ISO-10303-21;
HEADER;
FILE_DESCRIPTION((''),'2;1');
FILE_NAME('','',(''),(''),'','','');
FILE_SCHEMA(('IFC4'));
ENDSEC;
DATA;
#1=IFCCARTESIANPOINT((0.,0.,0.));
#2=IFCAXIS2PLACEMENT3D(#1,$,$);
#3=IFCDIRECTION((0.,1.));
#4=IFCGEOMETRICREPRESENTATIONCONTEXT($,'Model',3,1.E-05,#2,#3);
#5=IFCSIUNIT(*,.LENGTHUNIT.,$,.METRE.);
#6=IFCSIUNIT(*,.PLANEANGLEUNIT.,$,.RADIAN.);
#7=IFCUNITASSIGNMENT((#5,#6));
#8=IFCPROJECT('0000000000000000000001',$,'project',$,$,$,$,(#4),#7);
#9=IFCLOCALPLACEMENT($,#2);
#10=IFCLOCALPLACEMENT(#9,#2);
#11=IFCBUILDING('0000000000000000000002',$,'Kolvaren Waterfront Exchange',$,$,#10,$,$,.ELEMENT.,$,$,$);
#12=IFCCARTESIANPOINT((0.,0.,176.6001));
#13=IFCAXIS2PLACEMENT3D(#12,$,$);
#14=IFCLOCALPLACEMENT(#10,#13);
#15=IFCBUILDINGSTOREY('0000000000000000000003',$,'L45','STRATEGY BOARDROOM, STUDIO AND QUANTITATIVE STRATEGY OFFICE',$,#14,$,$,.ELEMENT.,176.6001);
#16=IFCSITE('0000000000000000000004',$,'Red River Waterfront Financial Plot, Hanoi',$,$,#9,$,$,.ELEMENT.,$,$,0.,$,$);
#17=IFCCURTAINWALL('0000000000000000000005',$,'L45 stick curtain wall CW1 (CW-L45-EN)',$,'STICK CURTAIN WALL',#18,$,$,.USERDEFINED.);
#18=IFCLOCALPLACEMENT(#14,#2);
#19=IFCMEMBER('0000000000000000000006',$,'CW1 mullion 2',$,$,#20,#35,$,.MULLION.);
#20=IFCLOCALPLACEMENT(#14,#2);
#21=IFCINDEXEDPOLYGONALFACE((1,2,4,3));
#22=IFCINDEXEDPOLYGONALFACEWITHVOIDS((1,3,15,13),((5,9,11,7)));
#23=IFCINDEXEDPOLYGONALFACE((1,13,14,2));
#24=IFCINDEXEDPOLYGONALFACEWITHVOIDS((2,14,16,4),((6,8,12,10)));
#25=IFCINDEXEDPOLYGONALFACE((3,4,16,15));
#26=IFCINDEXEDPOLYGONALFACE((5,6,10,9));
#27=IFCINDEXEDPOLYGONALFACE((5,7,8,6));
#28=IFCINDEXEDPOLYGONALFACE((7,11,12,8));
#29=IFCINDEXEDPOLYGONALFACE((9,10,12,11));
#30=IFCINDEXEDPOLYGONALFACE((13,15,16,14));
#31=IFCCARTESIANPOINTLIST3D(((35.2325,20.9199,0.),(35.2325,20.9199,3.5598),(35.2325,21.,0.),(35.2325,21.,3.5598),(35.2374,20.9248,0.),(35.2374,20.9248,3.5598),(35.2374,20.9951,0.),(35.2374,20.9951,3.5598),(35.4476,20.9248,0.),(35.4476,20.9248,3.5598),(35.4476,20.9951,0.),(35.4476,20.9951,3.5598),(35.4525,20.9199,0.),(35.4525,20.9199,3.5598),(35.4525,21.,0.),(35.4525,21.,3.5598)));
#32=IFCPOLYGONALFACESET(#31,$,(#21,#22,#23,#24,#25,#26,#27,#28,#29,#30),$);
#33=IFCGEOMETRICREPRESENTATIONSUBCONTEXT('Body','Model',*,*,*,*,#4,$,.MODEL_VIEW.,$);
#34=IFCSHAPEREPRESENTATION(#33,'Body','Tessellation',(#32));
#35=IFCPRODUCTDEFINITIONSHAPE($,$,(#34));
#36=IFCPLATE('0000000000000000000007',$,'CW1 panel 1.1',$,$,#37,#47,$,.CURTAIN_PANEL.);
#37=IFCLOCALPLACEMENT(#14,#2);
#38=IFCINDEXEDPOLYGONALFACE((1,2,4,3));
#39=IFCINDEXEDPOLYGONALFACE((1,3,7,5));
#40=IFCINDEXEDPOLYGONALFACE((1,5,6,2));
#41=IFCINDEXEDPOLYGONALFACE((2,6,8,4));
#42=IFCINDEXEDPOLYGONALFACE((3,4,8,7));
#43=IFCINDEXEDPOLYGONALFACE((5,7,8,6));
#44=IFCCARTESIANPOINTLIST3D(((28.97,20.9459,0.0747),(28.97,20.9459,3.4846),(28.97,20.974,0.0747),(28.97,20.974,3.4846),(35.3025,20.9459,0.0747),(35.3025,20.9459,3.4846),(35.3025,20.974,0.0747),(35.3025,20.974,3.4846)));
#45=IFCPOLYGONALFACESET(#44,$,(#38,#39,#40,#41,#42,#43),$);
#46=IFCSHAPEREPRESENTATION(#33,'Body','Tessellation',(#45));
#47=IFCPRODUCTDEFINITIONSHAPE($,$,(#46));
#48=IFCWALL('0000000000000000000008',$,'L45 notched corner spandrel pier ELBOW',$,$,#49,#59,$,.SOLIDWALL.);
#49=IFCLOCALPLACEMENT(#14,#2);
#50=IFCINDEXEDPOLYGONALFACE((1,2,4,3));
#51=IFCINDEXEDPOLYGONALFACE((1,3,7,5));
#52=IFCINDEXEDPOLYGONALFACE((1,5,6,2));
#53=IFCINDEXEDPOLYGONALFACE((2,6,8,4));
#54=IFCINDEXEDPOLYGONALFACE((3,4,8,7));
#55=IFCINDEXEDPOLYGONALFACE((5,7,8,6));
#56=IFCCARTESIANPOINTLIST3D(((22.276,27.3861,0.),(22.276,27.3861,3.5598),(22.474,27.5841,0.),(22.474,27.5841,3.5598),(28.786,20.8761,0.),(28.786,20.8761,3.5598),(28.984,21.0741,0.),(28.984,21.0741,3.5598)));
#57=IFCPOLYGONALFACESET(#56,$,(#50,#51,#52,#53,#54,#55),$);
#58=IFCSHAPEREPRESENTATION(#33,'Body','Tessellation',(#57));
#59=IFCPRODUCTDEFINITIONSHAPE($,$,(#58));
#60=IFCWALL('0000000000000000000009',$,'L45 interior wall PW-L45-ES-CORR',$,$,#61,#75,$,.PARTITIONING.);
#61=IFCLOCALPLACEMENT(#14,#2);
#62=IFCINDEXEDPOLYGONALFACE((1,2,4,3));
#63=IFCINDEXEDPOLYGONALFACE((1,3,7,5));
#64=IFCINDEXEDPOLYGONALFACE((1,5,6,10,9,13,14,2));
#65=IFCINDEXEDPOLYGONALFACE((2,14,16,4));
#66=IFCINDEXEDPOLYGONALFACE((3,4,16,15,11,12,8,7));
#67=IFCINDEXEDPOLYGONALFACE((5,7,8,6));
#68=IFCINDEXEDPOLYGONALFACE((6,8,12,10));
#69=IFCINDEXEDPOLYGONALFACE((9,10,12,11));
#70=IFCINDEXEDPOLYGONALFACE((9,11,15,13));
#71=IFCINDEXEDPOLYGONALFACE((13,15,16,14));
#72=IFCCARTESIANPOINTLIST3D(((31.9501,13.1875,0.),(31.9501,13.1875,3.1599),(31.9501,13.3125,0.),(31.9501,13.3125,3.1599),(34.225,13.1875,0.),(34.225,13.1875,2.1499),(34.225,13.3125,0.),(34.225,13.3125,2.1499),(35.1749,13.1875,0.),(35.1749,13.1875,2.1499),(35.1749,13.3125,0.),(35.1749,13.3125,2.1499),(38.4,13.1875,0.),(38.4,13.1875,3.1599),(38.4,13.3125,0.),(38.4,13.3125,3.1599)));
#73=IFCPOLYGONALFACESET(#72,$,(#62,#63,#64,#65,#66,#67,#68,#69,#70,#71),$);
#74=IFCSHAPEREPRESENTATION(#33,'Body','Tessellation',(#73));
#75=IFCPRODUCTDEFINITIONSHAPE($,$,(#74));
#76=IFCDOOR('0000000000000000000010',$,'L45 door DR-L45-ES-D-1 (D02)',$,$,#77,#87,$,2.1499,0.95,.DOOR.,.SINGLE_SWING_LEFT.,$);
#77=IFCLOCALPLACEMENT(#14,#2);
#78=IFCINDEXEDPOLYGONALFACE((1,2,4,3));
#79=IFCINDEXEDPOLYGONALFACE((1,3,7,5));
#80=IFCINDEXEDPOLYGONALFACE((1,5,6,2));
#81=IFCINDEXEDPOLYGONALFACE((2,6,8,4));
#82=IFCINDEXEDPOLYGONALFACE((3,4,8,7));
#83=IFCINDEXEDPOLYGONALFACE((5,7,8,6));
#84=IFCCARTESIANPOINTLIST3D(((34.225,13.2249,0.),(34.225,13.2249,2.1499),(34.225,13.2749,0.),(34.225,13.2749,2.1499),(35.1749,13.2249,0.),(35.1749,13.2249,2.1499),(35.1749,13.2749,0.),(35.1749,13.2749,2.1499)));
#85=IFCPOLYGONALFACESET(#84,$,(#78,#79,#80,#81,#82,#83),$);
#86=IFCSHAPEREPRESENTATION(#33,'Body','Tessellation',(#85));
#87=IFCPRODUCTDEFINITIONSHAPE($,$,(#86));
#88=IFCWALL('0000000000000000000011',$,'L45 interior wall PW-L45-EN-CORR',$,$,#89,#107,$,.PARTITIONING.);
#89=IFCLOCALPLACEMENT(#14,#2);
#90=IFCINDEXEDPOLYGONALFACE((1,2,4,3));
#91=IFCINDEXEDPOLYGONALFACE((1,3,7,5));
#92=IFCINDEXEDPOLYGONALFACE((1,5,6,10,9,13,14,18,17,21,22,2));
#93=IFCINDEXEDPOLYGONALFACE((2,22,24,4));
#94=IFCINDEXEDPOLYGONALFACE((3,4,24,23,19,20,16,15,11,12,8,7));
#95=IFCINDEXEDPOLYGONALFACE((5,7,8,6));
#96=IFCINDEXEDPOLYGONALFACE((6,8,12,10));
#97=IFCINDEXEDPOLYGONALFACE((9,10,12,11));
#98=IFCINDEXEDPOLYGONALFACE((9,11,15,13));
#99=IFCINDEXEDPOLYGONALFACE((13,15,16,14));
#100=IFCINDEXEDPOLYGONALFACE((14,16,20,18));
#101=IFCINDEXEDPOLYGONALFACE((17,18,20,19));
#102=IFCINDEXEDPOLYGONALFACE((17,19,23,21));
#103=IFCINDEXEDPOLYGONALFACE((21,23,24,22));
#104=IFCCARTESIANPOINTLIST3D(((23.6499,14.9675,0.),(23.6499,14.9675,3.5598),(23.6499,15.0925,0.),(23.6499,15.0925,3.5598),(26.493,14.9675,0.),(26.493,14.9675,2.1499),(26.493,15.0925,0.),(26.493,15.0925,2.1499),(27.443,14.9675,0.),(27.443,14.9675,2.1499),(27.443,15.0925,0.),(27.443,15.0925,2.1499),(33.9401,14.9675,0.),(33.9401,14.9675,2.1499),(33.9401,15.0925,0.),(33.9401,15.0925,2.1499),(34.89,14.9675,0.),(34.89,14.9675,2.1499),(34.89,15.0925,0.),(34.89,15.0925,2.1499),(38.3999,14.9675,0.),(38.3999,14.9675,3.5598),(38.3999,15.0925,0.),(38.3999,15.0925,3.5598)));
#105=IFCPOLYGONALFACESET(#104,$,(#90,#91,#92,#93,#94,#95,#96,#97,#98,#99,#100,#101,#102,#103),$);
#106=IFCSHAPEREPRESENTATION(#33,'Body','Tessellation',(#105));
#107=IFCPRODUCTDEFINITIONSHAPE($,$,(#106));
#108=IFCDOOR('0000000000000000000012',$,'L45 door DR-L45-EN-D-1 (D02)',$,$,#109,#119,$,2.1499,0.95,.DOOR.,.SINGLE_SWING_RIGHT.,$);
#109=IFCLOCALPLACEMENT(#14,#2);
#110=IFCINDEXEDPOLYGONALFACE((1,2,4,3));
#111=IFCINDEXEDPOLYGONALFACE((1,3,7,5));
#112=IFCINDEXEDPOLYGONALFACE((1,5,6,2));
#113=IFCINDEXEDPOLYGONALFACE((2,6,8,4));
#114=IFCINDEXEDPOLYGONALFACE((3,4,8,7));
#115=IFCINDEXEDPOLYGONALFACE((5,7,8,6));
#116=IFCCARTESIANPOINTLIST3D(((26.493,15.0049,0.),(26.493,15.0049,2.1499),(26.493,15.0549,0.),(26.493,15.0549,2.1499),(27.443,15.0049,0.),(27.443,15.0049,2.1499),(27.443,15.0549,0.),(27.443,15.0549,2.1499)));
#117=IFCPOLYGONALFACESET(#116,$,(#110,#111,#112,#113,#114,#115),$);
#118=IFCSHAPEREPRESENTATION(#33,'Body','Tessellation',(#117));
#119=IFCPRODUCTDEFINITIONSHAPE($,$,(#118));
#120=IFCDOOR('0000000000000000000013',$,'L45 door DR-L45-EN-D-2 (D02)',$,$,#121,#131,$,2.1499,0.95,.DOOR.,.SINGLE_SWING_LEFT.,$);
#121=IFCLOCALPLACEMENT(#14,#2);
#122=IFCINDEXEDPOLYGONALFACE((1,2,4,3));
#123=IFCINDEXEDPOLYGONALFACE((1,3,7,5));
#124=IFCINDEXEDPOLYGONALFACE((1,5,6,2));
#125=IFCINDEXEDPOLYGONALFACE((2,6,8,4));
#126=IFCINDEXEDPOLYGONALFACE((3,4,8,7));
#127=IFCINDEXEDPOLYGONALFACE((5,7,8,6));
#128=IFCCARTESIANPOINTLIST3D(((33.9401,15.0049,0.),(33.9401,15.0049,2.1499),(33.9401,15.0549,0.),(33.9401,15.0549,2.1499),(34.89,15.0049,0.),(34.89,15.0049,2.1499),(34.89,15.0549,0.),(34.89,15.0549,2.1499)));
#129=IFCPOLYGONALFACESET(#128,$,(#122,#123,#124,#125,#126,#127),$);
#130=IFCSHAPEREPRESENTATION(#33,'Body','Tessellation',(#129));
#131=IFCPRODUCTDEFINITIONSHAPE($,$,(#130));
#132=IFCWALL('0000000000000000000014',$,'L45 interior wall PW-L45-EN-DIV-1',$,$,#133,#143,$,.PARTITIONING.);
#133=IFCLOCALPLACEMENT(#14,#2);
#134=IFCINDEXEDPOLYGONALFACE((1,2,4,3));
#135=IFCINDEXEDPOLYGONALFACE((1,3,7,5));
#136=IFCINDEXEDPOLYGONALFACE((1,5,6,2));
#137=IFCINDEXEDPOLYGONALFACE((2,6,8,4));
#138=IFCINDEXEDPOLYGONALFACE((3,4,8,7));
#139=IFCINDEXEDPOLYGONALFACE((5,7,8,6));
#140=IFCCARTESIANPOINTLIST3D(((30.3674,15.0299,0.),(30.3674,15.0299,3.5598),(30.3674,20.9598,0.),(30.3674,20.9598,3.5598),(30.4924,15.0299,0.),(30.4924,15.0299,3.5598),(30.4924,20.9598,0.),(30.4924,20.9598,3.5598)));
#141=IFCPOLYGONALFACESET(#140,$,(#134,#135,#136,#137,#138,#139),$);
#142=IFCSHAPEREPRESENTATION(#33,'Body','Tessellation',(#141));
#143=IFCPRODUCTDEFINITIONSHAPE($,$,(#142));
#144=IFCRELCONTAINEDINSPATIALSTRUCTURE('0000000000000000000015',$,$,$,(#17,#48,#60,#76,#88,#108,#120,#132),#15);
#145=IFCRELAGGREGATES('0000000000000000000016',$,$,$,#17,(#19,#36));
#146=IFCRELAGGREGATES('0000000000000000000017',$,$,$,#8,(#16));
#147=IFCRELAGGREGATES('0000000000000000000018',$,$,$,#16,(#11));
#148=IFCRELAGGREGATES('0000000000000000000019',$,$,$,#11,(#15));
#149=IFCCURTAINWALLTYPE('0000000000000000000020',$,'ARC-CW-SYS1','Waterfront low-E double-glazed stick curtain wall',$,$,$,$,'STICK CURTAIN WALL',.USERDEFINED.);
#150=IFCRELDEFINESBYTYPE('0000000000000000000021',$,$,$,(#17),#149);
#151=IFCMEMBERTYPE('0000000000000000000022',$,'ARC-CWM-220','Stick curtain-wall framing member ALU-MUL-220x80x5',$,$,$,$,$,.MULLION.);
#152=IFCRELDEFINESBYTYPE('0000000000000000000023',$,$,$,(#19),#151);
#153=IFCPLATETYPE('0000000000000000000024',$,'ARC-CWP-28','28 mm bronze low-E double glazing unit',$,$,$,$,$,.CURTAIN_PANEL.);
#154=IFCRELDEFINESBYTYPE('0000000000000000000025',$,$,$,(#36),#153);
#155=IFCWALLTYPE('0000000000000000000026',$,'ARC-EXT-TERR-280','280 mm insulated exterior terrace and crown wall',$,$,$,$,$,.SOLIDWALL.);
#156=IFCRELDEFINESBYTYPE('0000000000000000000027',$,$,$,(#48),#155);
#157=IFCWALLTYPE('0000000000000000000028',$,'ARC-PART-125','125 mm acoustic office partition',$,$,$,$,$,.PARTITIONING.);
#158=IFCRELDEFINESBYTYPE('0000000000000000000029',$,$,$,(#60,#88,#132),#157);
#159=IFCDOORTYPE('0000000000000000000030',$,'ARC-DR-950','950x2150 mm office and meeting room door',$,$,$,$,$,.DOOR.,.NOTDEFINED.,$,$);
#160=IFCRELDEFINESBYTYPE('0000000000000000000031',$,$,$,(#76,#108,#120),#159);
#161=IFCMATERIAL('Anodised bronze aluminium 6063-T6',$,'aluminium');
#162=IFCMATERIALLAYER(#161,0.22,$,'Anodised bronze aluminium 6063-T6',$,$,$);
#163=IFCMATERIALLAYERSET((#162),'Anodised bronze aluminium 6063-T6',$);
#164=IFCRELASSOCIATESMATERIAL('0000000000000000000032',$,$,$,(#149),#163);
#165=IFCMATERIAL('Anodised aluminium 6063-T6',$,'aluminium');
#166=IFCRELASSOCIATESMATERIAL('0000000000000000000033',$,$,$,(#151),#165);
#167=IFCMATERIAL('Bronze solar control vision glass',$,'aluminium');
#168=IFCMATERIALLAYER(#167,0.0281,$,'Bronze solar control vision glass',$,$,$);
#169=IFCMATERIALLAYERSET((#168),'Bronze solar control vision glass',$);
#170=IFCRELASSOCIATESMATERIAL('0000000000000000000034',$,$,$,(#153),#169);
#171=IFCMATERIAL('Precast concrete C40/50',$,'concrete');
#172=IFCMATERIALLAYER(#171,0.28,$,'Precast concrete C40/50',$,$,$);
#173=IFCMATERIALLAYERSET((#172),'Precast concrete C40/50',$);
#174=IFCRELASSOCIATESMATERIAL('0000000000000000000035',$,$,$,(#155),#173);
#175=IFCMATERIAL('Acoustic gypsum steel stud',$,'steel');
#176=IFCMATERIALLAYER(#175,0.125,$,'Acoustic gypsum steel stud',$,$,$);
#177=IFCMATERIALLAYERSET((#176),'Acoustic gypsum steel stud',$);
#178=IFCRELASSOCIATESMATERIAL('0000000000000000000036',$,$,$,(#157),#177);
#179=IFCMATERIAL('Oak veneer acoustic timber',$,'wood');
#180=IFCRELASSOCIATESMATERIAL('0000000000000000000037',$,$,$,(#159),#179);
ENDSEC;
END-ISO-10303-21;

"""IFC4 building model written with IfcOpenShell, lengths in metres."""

from ifc_helpers import new_model, si_unit, direction, frame, frame_2d, origin, origin_with_axes, origin_2d, place, context, subcontext, project, spatial, rectangle, hollow_rectangle, extrude, source, transform, mapped, material, layer, layer_set, material_profile, profile_set, type_object, element, fill, aggregate, save


model = new_model("IFC4")

# Units and contexts
model_context = context("Model", 3, precision=1e-05, world=origin(), true_north=direction((0.0, 1.0)))
body_context = subcontext(model_context, "Body", "Model", "MODEL_VIEW")
ifc_project = project(units=[si_unit("LENGTHUNIT", "METRE"), si_unit("PLANEANGLEUNIT", "RADIAN")], contexts=[model_context])

# Site, building, storey
site_placement = place(None, origin())
site = spatial("IfcSite", under=ifc_project, at=site_placement, Name="Red River Waterfront Financial Plot, Hanoi", CompositionType="ELEMENT", RefElevation=0.0)
building_placement = place(site_placement, origin())
building = spatial("IfcBuilding", under=site, at=building_placement, Name="Kolvaren Waterfront Exchange", CompositionType="ELEMENT")
storey_placement = place(building_placement, frame((0.0, 0.0, 176.6001)))
storey = spatial("IfcBuildingStorey", under=building, at=storey_placement, Name="L45", Description="STRATEGY BOARDROOM, STUDIO AND QUANTITATIVE STRATEGY OFFICE", CompositionType="ELEMENT", Elevation=176.6001)

# Curtain wall, member, plate
ifc_material_1 = material(Name="Anodised bronze aluminium 6063-T6", Category="aluminium")
ifc_layer_1 = layer(ifc_material_1, 0.22, Name="Anodised bronze aluminium 6063-T6")
ifc_layer_set_1 = layer_set([ifc_layer_1], Name="Anodised bronze aluminium 6063-T6")
curtain_wall_type = type_object("IfcCurtainWallType", Name="ARC-CW-SYS1", Description="Waterfront low-E double-glazed stick curtain wall", ElementType="STICK CURTAIN WALL", PredefinedType="USERDEFINED", material=ifc_layer_set_1)
curtain_wall_placement = place(storey_placement, origin())
curtain_wall = element("IfcCurtainWall", 1, at=curtain_wall_placement, inside=storey, type_object=curtain_wall_type, Name="L45 stick curtain wall CW1 (CW-L45-EN)", ObjectType="STICK CURTAIN WALL", PredefinedType="USERDEFINED")
ifc_material_2 = material(Name="Anodised aluminium 6063-T6", Category="aluminium")
ifc_material_profile_1 = material_profile(ifc_material_2, hollow_rectangle(XDim=0.0801, YDim=0.22, WallThickness=0.0049, at=origin_2d()), Name="ALU-MUL-220x80x5")
ifc_profile_set_1 = profile_set([ifc_material_profile_1], Name="Anodised aluminium 6063-T6")
member_type_1 = type_object("IfcMemberType", Name="ARC-CWM-220", Description="Stick curtain-wall framing member ALU-MUL-220x80x5", PredefinedType="MULLION", material=ifc_profile_set_1)
shared_shape_1 = source(origin_with_axes(), body_context, "Body", "SweptSolid", [
    extrude(hollow_rectangle(XDim=0.0801, YDim=0.22, WallThickness=0.0049, at=origin_2d()), origin(), (0.0, 0.0, 1.0), 3.5598),
])
member_1_placement = place(storey_placement, frame((35.3425, 20.96, 0.0), z_axis=(0.0, 0.0, 1.0), x_axis=(0.0, 1.0, 0.0)))
member_1 = element("IfcMember", 2, at=member_1_placement, type_object=member_type_1, Name="CW1 mullion 2", PredefinedType="MULLION", context=body_context, shape_type="MappedRepresentation", body=[
    mapped(shared_shape_1, transform((0.0, 0.0, 0.0), x_axis=(1.0, 0.0, 0.0), y_axis=(0.0, 1.0, 0.0), z_axis=(0.0, 0.0, 1.0), scale=1.0)),
])
ifc_material_3 = material(Name="Bronze solar control vision glass", Category="aluminium")
ifc_layer_2 = layer(ifc_material_3, 0.0281, Name="Bronze solar control vision glass")
ifc_layer_set_2 = layer_set([ifc_layer_2], Name="Bronze solar control vision glass")
plate_type = type_object("IfcPlateType", Name="ARC-CWP-28", Description="28 mm bronze low-E double glazing unit", PredefinedType="CURTAIN_PANEL", material=ifc_layer_set_2)
shared_shape_2 = source(origin_with_axes(), body_context, "Body", "SweptSolid", [
    extrude(rectangle(XDim=6.3325, YDim=0.0281, at=origin_2d()), origin(), (0.0, 0.0, 1.0), 3.4099),
])
plate_placement = place(storey_placement, frame((32.1362, 20.96, 0.0747), z_axis=(0.0, 0.0, 1.0), x_axis=(1.0, 0.0, 0.0)))
plate = element("IfcPlate", 3, at=plate_placement, type_object=plate_type, Name="CW1 panel 1.1", PredefinedType="CURTAIN_PANEL", context=body_context, shape_type="MappedRepresentation", body=[
    mapped(shared_shape_2, transform((0.0, 0.0, 0.0), x_axis=(1.0, 0.0, 0.0), y_axis=(0.0, 1.0, 0.0), z_axis=(0.0, 0.0, 1.0), scale=1.0)),
])
aggregate(curtain_wall, [member_1, plate])

# Wall
ifc_material_4 = material(Name="Precast concrete C40/50", Category="concrete")
ifc_layer_3 = layer(ifc_material_4, 0.28, Name="Precast concrete C40/50")
ifc_layer_set_3 = layer_set([ifc_layer_3], Name="Precast concrete C40/50")
wall_type_1 = type_object("IfcWallType", Name="ARC-EXT-TERR-280", Description="280 mm insulated exterior terrace and crown wall", PredefinedType="SOLIDWALL", material=ifc_layer_set_3)
wall_1_placement = place(storey_placement, frame((28.885, 20.9751, 0.0), z_axis=(0.0, 0.0, 1.0), x_axis=(-0.707107, 0.707107, 0.0)))
element("IfcWall", 4, at=wall_1_placement, inside=storey, type_object=wall_type_1, Name="L45 notched corner spandrel pier ELBOW", PredefinedType="SOLIDWALL", context=body_context, shape_type="SweptSolid", body=[
    extrude(rectangle(XDim=9.2065, YDim=0.28, at=frame_2d((4.6033, 0.0))), origin(), (0.0, 0.0, 1.0), 3.5598),
])

# Wall, opening, door
ifc_material_5 = material(Name="Acoustic gypsum steel stud", Category="steel")
ifc_layer_4 = layer(ifc_material_5, 0.125, Name="Acoustic gypsum steel stud")
ifc_layer_set_4 = layer_set([ifc_layer_4], Name="Acoustic gypsum steel stud")
wall_type_2 = type_object("IfcWallType", Name="ARC-PART-125", Description="125 mm acoustic office partition", PredefinedType="PARTITIONING", material=ifc_layer_set_4)
wall_2_placement = place(storey_placement, frame((31.95, 13.25, 0.0), z_axis=(0.0, 0.0, 1.0), x_axis=(1.0, 0.0, 0.0)))
wall_2 = element("IfcWall", 5, at=wall_2_placement, inside=storey, type_object=wall_type_2, Name="L45 interior wall PW-L45-ES-CORR", PredefinedType="PARTITIONING", context=body_context, shape_type="SweptSolid", body=[
    extrude(rectangle(XDim=6.45, YDim=0.125, at=frame_2d((3.2251, 0.0))), origin(), (0.0, 0.0, 1.0), 3.1599),
])
opening_1_placement = place(wall_2_placement, frame((2.2749, 0.0, 0.0)))
opening_1 = element("IfcOpeningElement", 6, at=opening_1_placement, cuts=wall_2, PredefinedType="OPENING", context=body_context, shape_type="SweptSolid", body=[
    extrude(rectangle(XDim=0.95, YDim=2.1499, at=frame_2d((0.4751, 1.075))), frame((0.0, 0.0725, 0.0), z_axis=(0.0, -1.0, 0.0), x_axis=(1.0, 0.0, 0.0)), (0.0, 0.0, 1.0), 0.145),
])
ifc_material_6 = material(Name="Oak veneer acoustic timber", Category="wood")
door_type_1 = type_object("IfcDoorType", Name="ARC-DR-950", Description="950x2150 mm office and meeting room door", OperationType="NOTDEFINED", PredefinedType="DOOR", material=ifc_material_6)
door_1_placement = place(opening_1_placement, origin())
door_1 = element("IfcDoor", 7, at=door_1_placement, inside=storey, type_object=door_type_1, Name="L45 door DR-L45-ES-D-1 (D02)", OperationType="SINGLE_SWING_LEFT", OverallHeight=2.1499, OverallWidth=0.95, PredefinedType="DOOR", context=body_context, shape_type="SweptSolid", body=[
    extrude(rectangle(XDim=0.95, YDim=2.1499, at=frame_2d((0.4751, 1.075))), frame((0.0, 0.0249, 0.0), z_axis=(0.0, -1.0, 0.0), x_axis=(1.0, 0.0, 0.0)), (0.0, 0.0, 1.0), 0.05),
])
fill(opening_1, door_1)

# Wall, openings, doors
wall_3_placement = place(storey_placement, frame((23.6499, 15.03, 0.0), z_axis=(0.0, 0.0, 1.0), x_axis=(1.0, 0.0, 0.0)))
wall_3 = element("IfcWall", 8, at=wall_3_placement, inside=storey, type_object=wall_type_2, Name="L45 interior wall PW-L45-EN-CORR", PredefinedType="PARTITIONING", context=body_context, shape_type="SweptSolid", body=[
    extrude(rectangle(XDim=14.75, YDim=0.125, at=frame_2d((7.375, 0.0))), origin(), (0.0, 0.0, 1.0), 3.5598),
])
opening_2_placement = place(wall_3_placement, frame((2.843, 0.0, 0.0)))
opening_2 = element("IfcOpeningElement", 9, at=opening_2_placement, cuts=wall_3, PredefinedType="OPENING", context=body_context, shape_type="SweptSolid", body=[
    extrude(rectangle(XDim=0.95, YDim=2.1499, at=frame_2d((0.4751, 1.075))), frame((0.0, 0.0725, 0.0), z_axis=(0.0, -1.0, 0.0), x_axis=(1.0, 0.0, 0.0)), (0.0, 0.0, 1.0), 0.145),
])
opening_3_placement = place(wall_3_placement, frame((10.29, 0.0, 0.0)))
opening_3 = element("IfcOpeningElement", 10, at=opening_3_placement, cuts=wall_3, PredefinedType="OPENING", context=body_context, shape_type="SweptSolid", body=[
    extrude(rectangle(XDim=0.95, YDim=2.1499, at=frame_2d((0.4751, 1.075))), frame((0.0, 0.0725, 0.0), z_axis=(0.0, -1.0, 0.0), x_axis=(1.0, 0.0, 0.0)), (0.0, 0.0, 1.0), 0.145),
])
door_2_placement = place(opening_2_placement, origin())
door_2 = element("IfcDoor", 11, at=door_2_placement, inside=storey, type_object=door_type_1, Name="L45 door DR-L45-EN-D-1 (D02)", OperationType="SINGLE_SWING_RIGHT", OverallHeight=2.1499, OverallWidth=0.95, PredefinedType="DOOR", context=body_context, shape_type="SweptSolid", body=[
    extrude(rectangle(XDim=0.95, YDim=2.1499, at=frame_2d((0.4751, 1.075))), frame((0.0, 0.0249, 0.0), z_axis=(0.0, -1.0, 0.0), x_axis=(1.0, 0.0, 0.0)), (0.0, 0.0, 1.0), 0.05),
])
fill(opening_2, door_2)
door_3_placement = place(opening_3_placement, origin())
door_3 = element("IfcDoor", 12, at=door_3_placement, inside=storey, type_object=door_type_1, Name="L45 door DR-L45-EN-D-2 (D02)", OperationType="SINGLE_SWING_LEFT", OverallHeight=2.1499, OverallWidth=0.95, PredefinedType="DOOR", context=body_context, shape_type="SweptSolid", body=[
    extrude(rectangle(XDim=0.95, YDim=2.1499, at=frame_2d((0.4751, 1.075))), frame((0.0, 0.0249, 0.0), z_axis=(0.0, -1.0, 0.0), x_axis=(1.0, 0.0, 0.0)), (0.0, 0.0, 1.0), 0.05),
])
fill(opening_3, door_3)

# Wall
wall_4_placement = place(storey_placement, frame((30.4299, 15.03, 0.0), z_axis=(0.0, 0.0, 1.0), x_axis=(0.0, 1.0, 0.0)))
element("IfcWall", 13, at=wall_4_placement, inside=storey, type_object=wall_type_2, Name="L45 interior wall PW-L45-EN-DIV-1", PredefinedType="PARTITIONING", context=body_context, shape_type="SweptSolid", body=[
    extrude(rectangle(XDim=5.9299, YDim=0.125, at=frame_2d((2.9648, 0.0))), origin(), (0.0, 0.0, 1.0), 3.5598),
])

save(model, "model.ifc")
